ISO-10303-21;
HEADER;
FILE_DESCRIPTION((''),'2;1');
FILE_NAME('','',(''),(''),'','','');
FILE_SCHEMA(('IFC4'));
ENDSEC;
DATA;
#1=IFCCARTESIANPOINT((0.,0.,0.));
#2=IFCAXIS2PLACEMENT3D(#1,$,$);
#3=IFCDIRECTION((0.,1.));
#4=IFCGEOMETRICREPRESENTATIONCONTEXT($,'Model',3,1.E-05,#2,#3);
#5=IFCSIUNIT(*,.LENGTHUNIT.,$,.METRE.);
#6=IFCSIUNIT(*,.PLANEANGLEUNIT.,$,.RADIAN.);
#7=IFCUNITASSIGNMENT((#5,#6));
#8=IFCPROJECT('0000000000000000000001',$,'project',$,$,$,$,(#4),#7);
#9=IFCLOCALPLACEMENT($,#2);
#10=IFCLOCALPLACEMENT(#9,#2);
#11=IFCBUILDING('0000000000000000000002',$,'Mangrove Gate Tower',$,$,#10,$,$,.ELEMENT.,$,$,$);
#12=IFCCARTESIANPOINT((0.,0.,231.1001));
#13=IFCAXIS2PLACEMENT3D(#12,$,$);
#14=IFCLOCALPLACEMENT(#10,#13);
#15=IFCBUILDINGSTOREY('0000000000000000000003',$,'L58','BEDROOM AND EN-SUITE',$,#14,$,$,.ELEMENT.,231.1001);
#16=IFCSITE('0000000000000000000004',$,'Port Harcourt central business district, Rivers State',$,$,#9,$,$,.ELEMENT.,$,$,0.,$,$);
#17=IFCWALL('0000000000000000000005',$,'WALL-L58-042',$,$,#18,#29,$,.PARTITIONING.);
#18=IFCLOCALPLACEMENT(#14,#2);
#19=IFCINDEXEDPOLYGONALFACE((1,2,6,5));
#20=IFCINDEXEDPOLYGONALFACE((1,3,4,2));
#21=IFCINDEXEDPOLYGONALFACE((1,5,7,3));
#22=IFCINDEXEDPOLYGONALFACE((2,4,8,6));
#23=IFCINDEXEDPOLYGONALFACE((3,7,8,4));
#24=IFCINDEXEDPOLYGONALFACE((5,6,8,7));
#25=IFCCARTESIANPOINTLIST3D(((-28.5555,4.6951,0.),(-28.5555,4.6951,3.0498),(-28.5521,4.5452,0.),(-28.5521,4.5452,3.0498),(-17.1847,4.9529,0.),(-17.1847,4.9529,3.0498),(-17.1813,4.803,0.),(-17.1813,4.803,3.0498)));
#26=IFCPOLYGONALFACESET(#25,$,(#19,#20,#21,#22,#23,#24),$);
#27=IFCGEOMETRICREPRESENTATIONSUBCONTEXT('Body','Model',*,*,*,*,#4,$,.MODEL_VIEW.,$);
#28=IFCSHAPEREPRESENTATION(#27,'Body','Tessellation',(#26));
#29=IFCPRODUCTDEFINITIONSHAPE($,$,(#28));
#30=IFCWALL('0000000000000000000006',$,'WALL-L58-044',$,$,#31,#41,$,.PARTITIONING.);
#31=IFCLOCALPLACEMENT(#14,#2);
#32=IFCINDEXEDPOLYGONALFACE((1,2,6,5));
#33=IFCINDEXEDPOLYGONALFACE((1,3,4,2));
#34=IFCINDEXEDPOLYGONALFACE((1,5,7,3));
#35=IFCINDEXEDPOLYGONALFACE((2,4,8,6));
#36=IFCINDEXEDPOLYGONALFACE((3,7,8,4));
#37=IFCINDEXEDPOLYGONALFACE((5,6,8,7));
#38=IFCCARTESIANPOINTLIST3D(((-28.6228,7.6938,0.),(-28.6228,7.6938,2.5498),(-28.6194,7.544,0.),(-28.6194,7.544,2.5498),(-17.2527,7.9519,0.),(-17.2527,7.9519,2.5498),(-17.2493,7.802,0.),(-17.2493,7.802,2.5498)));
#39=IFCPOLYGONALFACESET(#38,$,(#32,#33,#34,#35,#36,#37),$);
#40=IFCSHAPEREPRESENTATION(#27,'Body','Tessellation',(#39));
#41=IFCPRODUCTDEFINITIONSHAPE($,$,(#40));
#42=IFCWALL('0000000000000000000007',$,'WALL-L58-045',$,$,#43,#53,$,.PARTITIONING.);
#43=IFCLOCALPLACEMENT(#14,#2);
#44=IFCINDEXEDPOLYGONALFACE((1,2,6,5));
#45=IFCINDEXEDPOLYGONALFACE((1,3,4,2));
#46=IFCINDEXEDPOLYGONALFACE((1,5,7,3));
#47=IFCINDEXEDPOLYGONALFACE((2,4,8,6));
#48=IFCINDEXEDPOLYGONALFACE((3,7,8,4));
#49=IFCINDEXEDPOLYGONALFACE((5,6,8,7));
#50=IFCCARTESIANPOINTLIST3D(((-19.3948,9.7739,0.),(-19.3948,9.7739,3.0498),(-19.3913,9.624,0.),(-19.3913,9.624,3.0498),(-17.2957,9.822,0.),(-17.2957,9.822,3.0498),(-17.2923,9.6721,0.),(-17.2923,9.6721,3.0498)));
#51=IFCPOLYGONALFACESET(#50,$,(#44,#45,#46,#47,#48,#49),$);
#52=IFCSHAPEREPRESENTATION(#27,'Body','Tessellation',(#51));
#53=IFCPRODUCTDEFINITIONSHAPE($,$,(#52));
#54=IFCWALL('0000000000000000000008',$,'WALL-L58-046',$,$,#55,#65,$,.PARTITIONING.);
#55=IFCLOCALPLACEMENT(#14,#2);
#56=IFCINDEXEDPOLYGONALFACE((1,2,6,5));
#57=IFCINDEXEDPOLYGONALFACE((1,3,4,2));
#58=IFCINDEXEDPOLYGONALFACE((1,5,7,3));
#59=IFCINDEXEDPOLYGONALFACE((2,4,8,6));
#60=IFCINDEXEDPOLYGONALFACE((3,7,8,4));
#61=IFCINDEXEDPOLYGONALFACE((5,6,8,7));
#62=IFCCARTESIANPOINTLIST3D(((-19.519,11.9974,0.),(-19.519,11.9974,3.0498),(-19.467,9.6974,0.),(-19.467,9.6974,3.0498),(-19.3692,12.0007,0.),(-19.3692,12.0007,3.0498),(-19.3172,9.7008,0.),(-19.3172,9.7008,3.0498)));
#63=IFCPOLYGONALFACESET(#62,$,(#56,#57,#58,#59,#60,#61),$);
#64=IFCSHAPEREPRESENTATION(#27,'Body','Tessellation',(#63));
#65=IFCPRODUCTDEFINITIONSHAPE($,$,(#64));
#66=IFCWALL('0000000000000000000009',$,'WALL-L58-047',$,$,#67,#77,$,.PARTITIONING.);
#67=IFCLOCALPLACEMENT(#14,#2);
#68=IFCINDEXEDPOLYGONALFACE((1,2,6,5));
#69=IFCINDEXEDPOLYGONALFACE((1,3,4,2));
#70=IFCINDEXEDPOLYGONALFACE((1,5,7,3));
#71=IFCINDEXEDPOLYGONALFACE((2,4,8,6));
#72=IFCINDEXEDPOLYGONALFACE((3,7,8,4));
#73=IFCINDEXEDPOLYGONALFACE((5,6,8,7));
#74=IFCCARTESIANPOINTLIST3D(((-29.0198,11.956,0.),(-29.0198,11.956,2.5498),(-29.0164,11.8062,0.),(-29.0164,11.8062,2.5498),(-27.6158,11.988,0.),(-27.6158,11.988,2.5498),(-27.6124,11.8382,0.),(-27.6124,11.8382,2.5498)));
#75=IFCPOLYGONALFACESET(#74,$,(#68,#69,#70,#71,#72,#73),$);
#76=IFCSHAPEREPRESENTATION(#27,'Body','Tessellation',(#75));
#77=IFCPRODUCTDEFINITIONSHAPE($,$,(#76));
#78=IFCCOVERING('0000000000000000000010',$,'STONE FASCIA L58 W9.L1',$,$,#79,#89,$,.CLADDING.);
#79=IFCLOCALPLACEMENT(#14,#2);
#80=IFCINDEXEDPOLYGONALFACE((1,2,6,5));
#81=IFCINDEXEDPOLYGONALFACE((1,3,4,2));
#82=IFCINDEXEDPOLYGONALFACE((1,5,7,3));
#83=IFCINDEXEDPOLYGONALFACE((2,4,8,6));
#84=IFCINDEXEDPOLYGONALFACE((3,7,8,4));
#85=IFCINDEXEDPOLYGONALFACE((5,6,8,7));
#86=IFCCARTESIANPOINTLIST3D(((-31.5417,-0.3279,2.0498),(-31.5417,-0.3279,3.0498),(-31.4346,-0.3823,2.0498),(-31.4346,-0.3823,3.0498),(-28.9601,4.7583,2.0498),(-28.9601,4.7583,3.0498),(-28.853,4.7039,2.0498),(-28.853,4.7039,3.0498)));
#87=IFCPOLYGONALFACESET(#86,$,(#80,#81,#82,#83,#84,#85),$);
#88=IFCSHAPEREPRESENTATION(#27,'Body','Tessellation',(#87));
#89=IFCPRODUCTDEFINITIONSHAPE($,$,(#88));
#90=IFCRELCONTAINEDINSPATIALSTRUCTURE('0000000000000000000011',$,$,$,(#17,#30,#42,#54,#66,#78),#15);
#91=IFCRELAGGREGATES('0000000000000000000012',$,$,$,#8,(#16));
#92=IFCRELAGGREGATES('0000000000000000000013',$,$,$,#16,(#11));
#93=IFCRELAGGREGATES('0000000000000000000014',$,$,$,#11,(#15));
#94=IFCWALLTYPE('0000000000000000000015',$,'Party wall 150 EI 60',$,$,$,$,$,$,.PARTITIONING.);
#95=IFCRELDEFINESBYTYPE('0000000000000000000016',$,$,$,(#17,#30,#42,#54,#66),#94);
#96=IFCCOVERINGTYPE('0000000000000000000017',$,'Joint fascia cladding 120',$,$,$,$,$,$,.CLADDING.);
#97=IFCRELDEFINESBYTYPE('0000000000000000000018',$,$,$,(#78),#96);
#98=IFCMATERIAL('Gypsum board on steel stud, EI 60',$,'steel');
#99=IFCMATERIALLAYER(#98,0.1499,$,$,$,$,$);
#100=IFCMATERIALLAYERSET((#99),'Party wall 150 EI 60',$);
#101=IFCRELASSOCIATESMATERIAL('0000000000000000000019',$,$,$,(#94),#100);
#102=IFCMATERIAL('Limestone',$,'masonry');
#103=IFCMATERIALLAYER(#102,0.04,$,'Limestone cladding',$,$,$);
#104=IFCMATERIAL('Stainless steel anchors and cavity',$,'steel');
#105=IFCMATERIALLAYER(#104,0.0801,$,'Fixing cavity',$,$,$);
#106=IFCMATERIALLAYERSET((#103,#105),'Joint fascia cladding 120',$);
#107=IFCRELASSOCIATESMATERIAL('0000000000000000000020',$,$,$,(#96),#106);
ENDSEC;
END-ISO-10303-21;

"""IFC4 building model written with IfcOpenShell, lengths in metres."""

from ifc_helpers import new_model, si_unit, direction, frame, frame_2d, origin, place, context, subcontext, project, spatial, rectangle, extrude, material, layer, layer_set, type_object, element, save


model = new_model("IFC4")

# Units and contexts
model_context = context("Model", 3, precision=1e-05, world=origin(), true_north=direction((0.0, 1.0)))
body_context = subcontext(model_context, "Body", "Model", "MODEL_VIEW")
ifc_project = project(units=[si_unit("LENGTHUNIT", "METRE"), si_unit("PLANEANGLEUNIT", "RADIAN")], contexts=[model_context])

# Site, building, storey
site_placement = place(None, origin())
site = spatial("IfcSite", under=ifc_project, at=site_placement, Name="Port Harcourt central business district, Rivers State", CompositionType="ELEMENT", RefElevation=0.0)
building_placement = place(site_placement, origin())
building = spatial("IfcBuilding", under=site, at=building_placement, Name="Mangrove Gate Tower", CompositionType="ELEMENT")
storey_placement = place(building_placement, frame((0.0, 0.0, 231.1001)))
storey = spatial("IfcBuildingStorey", under=building, at=storey_placement, Name="L58", Description="BEDROOM AND EN-SUITE", CompositionType="ELEMENT", Elevation=231.1001)

# Shared definitions
ifc_material_1 = material(Name="Limestone", Category="masonry")

# Walls
ifc_material_2 = material(Name="Gypsum board on steel stud, EI 60", Category="steel")
ifc_layer_1 = layer(ifc_material_2, 0.1499)
ifc_layer_set_1 = layer_set([ifc_layer_1], Name="Party wall 150 EI 60")
wall_type_1 = type_object("IfcWallType", Name="Party wall 150 EI 60", PredefinedType="PARTITIONING", material=ifc_layer_set_1)
wall_1_placement = place(storey_placement, frame((-28.554, 4.6201, 0.0), z_axis=(0.0, 0.0, 1.0), x_axis=(0.999743, 0.022667, 0.0)))
element("IfcWall", 1, at=wall_1_placement, inside=storey, type_object=wall_type_1, Name="WALL-L58-042", PredefinedType="PARTITIONING", context=body_context, shape_type="SweptSolid", body=[
    extrude(rectangle(XDim=11.3738, YDim=0.1499, at=frame_2d((5.687, 0.0))), origin(), (0.0, 0.0, 1.0), 3.0498),
])
wall_2_placement = place(storey_placement, frame((-28.6211, 7.6189, 0.0), z_axis=(0.0, 0.0, 1.0), x_axis=(0.999743, 0.02269, 0.0)))
element("IfcWall", 2, at=wall_2_placement, inside=storey, type_object=wall_type_1, Name="WALL-L58-044", PredefinedType="PARTITIONING", context=body_context, shape_type="SweptSolid", body=[
    extrude(rectangle(XDim=11.373, YDim=0.1499, at=frame_2d((5.6865, 0.0))), origin(), (0.0, 0.0, 1.0), 2.5498),
])
wall_3_placement = place(storey_placement, frame((-19.3931, 9.699, 0.0), z_axis=(0.0, 0.0, 1.0), x_axis=(0.999738, 0.022906, 0.0)))
element("IfcWall", 3, at=wall_3_placement, inside=storey, type_object=wall_type_1, Name="WALL-L58-045", PredefinedType="PARTITIONING", context=body_context, shape_type="SweptSolid", body=[
    extrude(rectangle(XDim=2.0996, YDim=0.1499, at=frame_2d((1.0498, 0.0))), origin(), (0.0, 0.0, 1.0), 3.0498),
])
wall_4_placement = place(storey_placement, frame((-19.3921, 9.699, 0.0), z_axis=(0.0, 0.0, 1.0), x_axis=(-0.022603, 0.999745, 0.0)))
element("IfcWall", 4, at=wall_4_placement, inside=storey, type_object=wall_type_1, Name="WALL-L58-046", PredefinedType="PARTITIONING", context=body_context, shape_type="SweptSolid", body=[
    extrude(rectangle(XDim=2.3005, YDim=0.1499, at=frame_2d((1.1504, 0.0))), origin(), (0.0, 0.0, 1.0), 3.0498),
])
wall_5_placement = place(storey_placement, frame((-29.0181, 11.8811, 0.0), z_axis=(0.0, 0.0, 1.0), x_axis=(0.999741, 0.022773, 0.0)))
element("IfcWall", 5, at=wall_5_placement, inside=storey, type_object=wall_type_1, Name="WALL-L58-047", PredefinedType="PARTITIONING", context=body_context, shape_type="SweptSolid", body=[
    extrude(rectangle(XDim=1.4043, YDim=0.1499, at=frame_2d((0.7021, 0.0))), origin(), (0.0, 0.0, 1.0), 2.5498),
])

# Covering
ifc_layer_2 = layer(ifc_material_1, 0.04, Name="Limestone cladding")
ifc_material_3 = material(Name="Stainless steel anchors and cavity", Category="steel")
ifc_layer_3 = layer(ifc_material_3, 0.0801, Name="Fixing cavity")
ifc_layer_set_2 = layer_set([ifc_layer_2, ifc_layer_3], Name="Joint fascia cladding 120")
covering_type = type_object("IfcCoveringType", Name="Joint fascia cladding 120", PredefinedType="CLADDING", material=ifc_layer_set_2)
covering_placement = place(storey_placement, frame((-28.9065, 4.7312, 2.0498), z_axis=(0.0, 0.0, 1.0), x_axis=(-0.452599, -0.891714, 0.0)))
element("IfcCovering", 6, at=covering_placement, inside=storey, type_object=covering_type, Name="STONE FASCIA L58 W9.L1", PredefinedType="CLADDING", context=body_context, shape_type="SweptSolid", body=[
    extrude(rectangle(XDim=5.7039, YDim=0.1201, at=frame_2d((2.8521, 0.0))), origin(), (0.0, 0.0, 1.0), 1.0),
])

save(model, "model.ifc")
